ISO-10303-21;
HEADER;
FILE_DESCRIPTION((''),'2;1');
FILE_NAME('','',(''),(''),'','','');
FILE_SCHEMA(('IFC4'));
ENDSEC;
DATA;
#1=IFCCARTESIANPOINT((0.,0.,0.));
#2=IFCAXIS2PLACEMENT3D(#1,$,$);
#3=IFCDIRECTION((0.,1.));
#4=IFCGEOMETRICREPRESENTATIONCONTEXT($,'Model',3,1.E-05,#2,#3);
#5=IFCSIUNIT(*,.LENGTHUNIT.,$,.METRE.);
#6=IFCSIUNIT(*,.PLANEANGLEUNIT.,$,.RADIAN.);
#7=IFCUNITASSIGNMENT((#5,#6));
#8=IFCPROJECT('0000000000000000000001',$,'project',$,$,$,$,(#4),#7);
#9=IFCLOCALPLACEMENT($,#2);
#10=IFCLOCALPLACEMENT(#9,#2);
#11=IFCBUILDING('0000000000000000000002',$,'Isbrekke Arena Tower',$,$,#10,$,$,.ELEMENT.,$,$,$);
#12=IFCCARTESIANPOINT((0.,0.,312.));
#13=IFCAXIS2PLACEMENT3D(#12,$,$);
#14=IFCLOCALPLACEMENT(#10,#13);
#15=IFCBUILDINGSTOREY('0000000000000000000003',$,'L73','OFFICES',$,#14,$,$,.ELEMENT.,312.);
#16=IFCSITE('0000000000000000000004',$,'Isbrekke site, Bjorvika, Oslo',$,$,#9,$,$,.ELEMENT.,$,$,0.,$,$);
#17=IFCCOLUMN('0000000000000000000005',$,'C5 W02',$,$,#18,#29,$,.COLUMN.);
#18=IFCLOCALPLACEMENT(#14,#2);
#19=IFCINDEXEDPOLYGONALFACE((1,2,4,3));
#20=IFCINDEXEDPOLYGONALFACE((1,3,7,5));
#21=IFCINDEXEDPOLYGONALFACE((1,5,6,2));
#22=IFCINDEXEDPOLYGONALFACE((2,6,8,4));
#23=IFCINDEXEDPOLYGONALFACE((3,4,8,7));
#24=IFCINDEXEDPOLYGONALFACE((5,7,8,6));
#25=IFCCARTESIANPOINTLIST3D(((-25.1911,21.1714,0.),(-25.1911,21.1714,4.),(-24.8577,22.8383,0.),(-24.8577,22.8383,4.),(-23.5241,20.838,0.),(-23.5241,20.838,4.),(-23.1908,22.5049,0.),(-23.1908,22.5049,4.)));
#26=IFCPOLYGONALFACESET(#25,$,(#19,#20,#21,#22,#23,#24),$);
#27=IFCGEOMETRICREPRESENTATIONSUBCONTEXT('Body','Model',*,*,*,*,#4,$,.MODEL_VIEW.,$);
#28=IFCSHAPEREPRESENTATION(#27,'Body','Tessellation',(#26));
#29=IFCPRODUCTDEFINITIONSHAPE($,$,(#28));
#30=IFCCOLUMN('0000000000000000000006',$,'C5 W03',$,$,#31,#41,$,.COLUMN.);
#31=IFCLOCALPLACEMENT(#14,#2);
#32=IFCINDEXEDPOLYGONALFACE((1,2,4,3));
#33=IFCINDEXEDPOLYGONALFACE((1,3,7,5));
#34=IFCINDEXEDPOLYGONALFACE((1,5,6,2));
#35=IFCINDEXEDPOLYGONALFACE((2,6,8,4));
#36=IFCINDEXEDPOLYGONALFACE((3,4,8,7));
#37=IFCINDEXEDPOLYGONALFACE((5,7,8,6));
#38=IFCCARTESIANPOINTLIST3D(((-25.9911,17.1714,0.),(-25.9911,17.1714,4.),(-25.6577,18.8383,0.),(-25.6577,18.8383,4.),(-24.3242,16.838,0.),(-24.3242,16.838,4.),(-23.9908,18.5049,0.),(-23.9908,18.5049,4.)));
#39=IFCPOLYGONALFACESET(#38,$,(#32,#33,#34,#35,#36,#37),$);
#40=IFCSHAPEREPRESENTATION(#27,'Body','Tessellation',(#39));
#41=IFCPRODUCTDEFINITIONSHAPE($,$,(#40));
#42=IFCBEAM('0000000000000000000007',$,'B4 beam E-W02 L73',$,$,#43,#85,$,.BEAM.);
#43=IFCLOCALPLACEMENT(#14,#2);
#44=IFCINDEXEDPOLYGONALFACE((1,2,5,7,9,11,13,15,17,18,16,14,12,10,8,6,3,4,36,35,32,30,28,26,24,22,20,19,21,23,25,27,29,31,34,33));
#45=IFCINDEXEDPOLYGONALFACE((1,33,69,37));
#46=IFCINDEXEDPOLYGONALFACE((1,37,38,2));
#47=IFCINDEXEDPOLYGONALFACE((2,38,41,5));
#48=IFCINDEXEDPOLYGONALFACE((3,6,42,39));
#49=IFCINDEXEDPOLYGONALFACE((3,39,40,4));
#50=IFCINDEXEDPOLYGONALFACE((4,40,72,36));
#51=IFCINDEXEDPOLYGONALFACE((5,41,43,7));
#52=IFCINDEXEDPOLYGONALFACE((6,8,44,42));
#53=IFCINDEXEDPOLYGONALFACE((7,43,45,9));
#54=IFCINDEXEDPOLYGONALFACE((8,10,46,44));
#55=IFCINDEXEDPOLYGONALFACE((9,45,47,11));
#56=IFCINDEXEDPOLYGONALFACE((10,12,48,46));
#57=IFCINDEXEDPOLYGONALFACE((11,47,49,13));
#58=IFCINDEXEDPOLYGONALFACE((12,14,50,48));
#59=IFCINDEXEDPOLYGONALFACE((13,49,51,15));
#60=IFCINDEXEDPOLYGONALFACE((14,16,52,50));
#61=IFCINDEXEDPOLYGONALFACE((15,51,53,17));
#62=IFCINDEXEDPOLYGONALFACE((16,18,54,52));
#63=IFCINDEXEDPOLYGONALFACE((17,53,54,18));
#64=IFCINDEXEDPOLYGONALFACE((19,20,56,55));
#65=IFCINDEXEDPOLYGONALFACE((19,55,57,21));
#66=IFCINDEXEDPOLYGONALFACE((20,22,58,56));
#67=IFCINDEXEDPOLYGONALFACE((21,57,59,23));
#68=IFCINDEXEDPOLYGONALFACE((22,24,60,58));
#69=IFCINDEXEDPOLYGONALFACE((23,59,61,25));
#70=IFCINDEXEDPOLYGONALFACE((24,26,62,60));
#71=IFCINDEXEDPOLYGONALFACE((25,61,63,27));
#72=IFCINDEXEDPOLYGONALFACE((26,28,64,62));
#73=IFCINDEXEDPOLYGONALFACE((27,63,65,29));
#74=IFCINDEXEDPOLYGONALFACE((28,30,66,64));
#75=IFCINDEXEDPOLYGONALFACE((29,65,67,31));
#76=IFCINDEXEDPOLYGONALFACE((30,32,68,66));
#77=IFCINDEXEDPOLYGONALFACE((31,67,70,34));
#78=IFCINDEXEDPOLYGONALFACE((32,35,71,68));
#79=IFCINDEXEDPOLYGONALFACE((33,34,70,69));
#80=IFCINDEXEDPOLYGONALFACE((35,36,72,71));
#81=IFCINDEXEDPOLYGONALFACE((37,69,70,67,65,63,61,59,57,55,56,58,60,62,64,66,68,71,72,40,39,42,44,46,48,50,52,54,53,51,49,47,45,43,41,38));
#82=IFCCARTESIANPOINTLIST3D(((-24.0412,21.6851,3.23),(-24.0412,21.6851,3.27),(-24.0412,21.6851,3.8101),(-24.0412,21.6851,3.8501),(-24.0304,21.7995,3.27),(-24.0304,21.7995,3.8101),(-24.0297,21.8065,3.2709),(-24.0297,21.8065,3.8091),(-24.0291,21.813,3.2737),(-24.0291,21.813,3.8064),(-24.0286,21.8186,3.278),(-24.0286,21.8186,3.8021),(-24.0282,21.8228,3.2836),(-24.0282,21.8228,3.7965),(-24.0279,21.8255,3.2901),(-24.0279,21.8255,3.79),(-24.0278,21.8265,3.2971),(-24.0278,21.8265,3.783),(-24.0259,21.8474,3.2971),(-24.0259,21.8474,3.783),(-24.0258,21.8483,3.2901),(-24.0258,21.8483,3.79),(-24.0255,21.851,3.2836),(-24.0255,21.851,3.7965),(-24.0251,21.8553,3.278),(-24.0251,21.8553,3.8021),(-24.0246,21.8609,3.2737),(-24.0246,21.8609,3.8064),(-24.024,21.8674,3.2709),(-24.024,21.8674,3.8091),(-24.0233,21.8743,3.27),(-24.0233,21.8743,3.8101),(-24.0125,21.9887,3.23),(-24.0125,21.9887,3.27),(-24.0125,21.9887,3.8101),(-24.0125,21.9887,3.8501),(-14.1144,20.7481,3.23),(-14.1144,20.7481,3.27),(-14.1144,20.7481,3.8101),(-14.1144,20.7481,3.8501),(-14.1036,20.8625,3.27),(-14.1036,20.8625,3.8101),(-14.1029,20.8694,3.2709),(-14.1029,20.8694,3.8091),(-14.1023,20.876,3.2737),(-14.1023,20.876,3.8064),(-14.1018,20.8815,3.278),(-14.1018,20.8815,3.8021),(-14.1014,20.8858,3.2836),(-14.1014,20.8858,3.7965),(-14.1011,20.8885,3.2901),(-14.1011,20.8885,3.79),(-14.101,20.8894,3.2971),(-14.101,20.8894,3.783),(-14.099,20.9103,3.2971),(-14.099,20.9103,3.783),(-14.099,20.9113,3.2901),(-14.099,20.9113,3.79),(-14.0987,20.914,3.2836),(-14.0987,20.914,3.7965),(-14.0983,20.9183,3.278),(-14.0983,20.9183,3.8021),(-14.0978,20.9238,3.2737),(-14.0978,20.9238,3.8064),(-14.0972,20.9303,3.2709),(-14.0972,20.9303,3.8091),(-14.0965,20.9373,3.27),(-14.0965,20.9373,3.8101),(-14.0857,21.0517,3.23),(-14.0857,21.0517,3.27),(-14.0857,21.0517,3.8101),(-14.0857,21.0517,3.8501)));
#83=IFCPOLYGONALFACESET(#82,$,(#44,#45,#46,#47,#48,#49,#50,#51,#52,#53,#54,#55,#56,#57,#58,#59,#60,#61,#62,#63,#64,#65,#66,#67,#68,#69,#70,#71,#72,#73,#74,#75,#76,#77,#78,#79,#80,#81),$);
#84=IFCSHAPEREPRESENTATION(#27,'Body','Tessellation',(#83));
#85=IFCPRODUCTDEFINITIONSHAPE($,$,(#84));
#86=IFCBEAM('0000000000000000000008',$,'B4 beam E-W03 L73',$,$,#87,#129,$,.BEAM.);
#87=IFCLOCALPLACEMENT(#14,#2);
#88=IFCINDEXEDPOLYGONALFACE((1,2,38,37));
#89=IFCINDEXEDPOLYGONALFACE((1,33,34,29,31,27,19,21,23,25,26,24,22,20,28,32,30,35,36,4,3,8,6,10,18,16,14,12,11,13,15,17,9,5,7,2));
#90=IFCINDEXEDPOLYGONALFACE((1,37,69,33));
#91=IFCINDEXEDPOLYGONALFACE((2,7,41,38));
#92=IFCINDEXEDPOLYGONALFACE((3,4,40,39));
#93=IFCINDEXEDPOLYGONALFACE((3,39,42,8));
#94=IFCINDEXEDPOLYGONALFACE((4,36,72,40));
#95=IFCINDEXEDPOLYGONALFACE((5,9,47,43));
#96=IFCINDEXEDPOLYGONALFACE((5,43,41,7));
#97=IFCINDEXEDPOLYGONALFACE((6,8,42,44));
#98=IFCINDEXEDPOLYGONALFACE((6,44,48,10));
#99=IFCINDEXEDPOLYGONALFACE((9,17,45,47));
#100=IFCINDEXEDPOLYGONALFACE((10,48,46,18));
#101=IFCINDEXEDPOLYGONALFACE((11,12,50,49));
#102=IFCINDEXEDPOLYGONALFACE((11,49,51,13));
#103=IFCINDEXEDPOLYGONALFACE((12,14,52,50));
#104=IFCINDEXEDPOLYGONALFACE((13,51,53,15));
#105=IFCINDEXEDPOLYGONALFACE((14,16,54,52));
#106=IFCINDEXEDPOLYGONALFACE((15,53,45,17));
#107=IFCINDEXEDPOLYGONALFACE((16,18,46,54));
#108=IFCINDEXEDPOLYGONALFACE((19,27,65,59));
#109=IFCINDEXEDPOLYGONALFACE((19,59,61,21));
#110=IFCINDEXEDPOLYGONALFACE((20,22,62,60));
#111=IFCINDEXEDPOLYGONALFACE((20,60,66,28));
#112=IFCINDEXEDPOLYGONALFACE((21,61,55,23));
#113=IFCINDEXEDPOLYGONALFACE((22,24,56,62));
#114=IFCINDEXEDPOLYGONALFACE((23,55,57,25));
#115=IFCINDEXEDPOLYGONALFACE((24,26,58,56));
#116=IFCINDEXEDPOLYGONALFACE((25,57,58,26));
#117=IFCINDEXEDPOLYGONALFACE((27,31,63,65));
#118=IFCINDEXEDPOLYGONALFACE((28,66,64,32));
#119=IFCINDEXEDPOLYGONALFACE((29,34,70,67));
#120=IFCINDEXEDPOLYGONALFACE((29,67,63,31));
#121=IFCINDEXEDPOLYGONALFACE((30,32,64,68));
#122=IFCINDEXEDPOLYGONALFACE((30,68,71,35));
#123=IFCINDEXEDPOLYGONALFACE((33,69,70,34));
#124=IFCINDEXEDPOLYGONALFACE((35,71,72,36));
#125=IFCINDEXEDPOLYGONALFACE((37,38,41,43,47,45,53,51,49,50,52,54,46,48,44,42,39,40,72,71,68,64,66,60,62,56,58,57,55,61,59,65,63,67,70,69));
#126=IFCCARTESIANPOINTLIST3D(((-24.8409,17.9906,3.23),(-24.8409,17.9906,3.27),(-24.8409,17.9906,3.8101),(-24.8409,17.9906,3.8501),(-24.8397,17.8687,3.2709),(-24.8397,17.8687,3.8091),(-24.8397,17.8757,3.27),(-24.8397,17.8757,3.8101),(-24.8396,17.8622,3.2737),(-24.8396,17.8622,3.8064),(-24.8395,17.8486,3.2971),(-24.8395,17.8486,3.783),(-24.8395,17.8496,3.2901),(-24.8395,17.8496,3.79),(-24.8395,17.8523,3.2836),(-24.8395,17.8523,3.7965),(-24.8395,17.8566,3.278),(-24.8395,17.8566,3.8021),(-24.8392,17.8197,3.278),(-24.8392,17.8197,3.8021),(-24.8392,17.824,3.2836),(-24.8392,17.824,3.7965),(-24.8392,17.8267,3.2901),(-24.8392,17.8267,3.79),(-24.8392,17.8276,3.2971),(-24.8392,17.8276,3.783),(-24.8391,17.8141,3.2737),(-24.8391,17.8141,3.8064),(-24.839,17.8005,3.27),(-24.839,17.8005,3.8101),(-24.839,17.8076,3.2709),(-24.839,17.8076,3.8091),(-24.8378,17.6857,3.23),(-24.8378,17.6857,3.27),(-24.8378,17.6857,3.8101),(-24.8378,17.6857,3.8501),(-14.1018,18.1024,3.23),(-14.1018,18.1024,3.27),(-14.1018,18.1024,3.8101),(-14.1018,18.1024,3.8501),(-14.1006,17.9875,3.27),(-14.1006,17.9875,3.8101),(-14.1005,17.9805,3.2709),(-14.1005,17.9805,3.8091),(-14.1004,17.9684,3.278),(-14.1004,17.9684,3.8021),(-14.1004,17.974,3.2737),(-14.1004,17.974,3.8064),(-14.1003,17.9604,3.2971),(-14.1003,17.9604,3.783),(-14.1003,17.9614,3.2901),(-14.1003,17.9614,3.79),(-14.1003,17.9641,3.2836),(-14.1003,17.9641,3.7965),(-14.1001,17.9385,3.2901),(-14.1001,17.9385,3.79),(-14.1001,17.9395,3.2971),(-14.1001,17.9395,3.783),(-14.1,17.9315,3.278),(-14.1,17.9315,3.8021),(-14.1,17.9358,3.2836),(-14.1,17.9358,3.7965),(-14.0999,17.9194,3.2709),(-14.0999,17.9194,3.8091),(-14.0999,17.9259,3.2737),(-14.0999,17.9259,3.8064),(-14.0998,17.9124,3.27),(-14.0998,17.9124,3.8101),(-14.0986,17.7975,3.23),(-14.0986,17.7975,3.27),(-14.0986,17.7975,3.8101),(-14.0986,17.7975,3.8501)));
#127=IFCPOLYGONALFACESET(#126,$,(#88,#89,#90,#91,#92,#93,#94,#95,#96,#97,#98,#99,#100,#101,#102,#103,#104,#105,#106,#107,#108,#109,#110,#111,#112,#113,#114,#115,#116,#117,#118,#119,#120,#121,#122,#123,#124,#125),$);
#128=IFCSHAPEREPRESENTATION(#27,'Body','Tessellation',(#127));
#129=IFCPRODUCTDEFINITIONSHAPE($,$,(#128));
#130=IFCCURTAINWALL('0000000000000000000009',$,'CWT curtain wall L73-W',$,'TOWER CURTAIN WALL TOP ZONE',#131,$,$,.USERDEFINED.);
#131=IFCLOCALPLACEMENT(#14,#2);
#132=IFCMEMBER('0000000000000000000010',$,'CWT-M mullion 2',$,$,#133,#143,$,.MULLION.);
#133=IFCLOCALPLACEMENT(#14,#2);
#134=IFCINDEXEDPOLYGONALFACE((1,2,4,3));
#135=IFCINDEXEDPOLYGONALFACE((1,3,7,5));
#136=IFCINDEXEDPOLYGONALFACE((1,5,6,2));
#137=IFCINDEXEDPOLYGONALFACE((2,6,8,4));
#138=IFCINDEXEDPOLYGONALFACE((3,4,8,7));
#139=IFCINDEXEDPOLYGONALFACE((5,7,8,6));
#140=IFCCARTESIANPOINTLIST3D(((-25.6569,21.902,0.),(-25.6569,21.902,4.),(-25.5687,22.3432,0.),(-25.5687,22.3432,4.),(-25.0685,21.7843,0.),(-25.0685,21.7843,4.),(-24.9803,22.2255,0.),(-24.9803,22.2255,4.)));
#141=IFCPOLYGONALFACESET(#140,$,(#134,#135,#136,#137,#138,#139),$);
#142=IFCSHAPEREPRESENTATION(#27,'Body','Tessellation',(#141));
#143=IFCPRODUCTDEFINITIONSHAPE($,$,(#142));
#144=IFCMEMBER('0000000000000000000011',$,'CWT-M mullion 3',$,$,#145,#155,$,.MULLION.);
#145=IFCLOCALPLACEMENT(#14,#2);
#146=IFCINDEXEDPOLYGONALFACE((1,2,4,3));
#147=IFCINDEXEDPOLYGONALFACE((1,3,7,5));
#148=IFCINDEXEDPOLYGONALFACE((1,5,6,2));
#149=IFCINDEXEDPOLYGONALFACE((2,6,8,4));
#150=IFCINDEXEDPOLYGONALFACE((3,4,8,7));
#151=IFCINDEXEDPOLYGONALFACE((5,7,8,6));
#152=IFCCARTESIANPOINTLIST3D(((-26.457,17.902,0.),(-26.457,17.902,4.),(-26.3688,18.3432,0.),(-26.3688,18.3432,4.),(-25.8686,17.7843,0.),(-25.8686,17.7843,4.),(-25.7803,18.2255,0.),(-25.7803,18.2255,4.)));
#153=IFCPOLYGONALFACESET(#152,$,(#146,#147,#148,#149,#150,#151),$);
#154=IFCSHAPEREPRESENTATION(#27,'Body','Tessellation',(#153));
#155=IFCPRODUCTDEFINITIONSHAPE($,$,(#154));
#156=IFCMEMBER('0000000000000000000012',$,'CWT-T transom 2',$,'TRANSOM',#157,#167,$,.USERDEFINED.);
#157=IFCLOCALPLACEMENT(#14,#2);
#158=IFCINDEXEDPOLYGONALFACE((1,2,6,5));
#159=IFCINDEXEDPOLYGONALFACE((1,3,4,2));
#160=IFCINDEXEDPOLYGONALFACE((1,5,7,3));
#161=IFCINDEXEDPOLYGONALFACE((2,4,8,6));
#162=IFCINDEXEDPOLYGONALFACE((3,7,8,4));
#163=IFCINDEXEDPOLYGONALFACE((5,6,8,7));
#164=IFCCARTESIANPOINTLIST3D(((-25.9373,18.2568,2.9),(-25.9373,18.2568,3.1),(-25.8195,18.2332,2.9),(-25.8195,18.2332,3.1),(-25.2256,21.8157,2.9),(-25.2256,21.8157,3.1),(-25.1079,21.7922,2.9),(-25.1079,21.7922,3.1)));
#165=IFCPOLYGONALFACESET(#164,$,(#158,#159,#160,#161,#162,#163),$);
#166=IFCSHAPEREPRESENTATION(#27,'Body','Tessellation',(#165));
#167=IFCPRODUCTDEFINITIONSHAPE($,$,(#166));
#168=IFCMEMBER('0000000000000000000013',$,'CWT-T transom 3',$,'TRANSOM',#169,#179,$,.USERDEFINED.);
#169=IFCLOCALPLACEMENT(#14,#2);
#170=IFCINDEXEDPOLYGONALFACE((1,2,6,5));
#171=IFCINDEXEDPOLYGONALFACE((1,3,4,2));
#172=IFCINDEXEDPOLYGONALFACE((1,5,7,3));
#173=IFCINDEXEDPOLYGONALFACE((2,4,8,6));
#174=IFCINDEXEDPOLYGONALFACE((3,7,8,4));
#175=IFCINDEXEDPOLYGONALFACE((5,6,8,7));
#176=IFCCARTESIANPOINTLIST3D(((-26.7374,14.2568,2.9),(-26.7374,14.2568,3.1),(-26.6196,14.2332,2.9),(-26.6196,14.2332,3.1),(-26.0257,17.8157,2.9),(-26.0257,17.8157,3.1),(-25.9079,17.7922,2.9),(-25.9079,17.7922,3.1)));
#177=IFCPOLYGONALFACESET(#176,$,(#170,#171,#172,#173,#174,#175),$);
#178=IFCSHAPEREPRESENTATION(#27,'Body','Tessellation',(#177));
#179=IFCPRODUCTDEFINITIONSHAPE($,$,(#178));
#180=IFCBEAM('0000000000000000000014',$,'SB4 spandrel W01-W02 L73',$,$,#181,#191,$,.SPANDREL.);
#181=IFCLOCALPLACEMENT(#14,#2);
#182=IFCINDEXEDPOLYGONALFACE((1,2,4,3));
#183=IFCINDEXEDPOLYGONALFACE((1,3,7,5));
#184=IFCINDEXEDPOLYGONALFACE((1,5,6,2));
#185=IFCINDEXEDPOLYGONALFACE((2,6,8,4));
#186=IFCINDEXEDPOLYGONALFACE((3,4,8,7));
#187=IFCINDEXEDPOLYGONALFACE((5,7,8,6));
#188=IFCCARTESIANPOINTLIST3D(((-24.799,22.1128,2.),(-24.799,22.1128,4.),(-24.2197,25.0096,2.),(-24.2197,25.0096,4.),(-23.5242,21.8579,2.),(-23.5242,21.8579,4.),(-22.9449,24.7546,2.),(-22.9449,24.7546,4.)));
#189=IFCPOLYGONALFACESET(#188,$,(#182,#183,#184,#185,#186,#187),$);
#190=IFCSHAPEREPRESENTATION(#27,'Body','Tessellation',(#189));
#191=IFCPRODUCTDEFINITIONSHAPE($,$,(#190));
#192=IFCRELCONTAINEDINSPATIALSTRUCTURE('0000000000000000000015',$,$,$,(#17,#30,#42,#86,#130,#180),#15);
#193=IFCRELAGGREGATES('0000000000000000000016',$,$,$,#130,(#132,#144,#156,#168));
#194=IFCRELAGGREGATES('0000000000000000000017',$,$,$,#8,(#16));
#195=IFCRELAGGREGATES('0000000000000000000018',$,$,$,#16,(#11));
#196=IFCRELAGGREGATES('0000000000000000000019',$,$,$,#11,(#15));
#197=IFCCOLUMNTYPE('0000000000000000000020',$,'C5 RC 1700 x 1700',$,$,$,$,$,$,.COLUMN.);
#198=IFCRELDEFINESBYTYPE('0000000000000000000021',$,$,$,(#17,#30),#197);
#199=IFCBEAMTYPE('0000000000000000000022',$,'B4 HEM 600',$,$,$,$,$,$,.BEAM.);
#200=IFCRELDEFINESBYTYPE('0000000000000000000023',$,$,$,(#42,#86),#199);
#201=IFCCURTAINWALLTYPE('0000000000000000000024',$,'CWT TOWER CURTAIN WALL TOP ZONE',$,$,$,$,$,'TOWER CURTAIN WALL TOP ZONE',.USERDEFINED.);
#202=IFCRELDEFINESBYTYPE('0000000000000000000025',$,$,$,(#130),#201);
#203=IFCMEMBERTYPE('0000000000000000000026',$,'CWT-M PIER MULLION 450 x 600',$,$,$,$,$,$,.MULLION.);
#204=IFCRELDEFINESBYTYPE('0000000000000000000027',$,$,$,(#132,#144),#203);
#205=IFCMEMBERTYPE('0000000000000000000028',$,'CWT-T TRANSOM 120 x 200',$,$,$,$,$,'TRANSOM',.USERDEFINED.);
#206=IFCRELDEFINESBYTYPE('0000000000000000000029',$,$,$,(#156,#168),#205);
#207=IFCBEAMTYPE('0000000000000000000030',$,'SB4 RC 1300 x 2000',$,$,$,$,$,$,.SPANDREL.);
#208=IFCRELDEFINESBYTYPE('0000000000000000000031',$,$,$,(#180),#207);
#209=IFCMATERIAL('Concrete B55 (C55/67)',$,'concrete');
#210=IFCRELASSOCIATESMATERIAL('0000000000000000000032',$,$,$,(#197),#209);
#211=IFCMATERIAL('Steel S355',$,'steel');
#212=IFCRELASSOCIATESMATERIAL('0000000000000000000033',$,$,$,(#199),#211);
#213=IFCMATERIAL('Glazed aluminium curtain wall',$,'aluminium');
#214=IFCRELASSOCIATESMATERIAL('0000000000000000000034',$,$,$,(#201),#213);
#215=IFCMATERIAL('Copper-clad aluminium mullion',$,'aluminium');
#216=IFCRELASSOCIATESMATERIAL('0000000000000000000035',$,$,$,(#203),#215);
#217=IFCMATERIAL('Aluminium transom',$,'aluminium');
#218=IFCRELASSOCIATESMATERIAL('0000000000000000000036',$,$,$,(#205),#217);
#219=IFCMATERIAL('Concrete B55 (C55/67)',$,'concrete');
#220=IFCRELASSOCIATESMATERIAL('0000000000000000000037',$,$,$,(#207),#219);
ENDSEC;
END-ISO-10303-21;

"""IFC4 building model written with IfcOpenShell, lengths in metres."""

from ifc_helpers import new_model, si_unit, direction, frame, origin, origin_2d, place, context, subcontext, project, spatial, rectangle, i_section, extrude, material, material_profile, profile_set, type_object, element, aggregate, save


model = new_model("IFC4")

# Units and contexts
model_context = context("Model", 3, precision=1e-05, world=origin(), true_north=direction((0.0, 1.0)))
body_context = subcontext(model_context, "Body", "Model", "MODEL_VIEW")
ifc_project = project(units=[si_unit("LENGTHUNIT", "METRE"), si_unit("PLANEANGLEUNIT", "RADIAN")], contexts=[model_context])

# Site, building, storey
site_placement = place(None, origin())
site = spatial("IfcSite", under=ifc_project, at=site_placement, Name="Isbrekke site, Bjorvika, Oslo", CompositionType="ELEMENT", RefElevation=0.0)
building_placement = place(site_placement, origin())
building = spatial("IfcBuilding", under=site, at=building_placement, Name="Isbrekke Arena Tower", CompositionType="ELEMENT")
storey_placement = place(building_placement, frame((0.0, 0.0, 312.0)))
storey = spatial("IfcBuildingStorey", under=building, at=storey_placement, Name="L73", Description="OFFICES", CompositionType="ELEMENT", Elevation=312.0)

# Columns
ifc_material_1 = material(Name="Concrete B55 (C55/67)", Category="concrete")
ifc_material_profile_1 = material_profile(ifc_material_1, rectangle(XDim=1.7, YDim=1.7, at=origin_2d()), Name="RC 1700x1700")
ifc_profile_set_1 = profile_set([ifc_material_profile_1], Name="Concrete B55 (C55/67)")
column_type = type_object("IfcColumnType", Name="C5 RC 1700 x 1700", PredefinedType="COLUMN", material=ifc_profile_set_1)
for number, where, z_axis, x_axis, name in (
    (1, (-24.1909, 21.8381, 0.0), (0.0, 0.0, 1.0), (-0.196116, -0.980581, 0.0), "C5 W02"),
    (2, (-24.991, 17.8381, 0.0), (0.0, 0.0, 1.0), (-0.196116, -0.980581, 0.0), "C5 W03"),
):
    element("IfcColumn", number, at=place(storey_placement, frame(where, z_axis=z_axis, x_axis=x_axis)), inside=storey, type_object=column_type, Name=name, PredefinedType="COLUMN", context=body_context, shape_type="SweptSolid", body=[
        extrude(rectangle(XDim=1.7, YDim=1.7, at=origin_2d()), origin(), (0.0, 0.0, 1.0), 4.0),
    ])

# Beams
ifc_material_2 = material(Name="Steel S355", Category="steel")
ifc_material_profile_2 = material_profile(ifc_material_2, i_section(OverallWidth=0.3049, OverallDepth=0.6201, WebThickness=0.021, FlangeThickness=0.04, FilletRadius=0.0271, at=origin_2d()), Name="HEM 600")
ifc_profile_set_2 = profile_set([ifc_material_profile_2], Name="Steel S355")
beam_type_1 = type_object("IfcBeamType", Name="B4 HEM 600", PredefinedType="BEAM", material=ifc_profile_set_2)
beam_1_placement = place(storey_placement, frame((-24.0269, 21.8369, 3.54), z_axis=(0.995575, -0.093975, 0.0), x_axis=(0.093975, 0.995575, 0.0)))
element("IfcBeam", 3, at=beam_1_placement, inside=storey, type_object=beam_type_1, Name="B4 beam E-W02 L73", PredefinedType="BEAM", context=body_context, shape_type="SweptSolid", body=[
    extrude(i_section(OverallWidth=0.3049, OverallDepth=0.6201, WebThickness=0.021, FlangeThickness=0.04, FilletRadius=0.0271, at=origin_2d()), origin(), (0.0, 0.0, 1.0), 9.9709),
])
beam_2_placement = place(storey_placement, frame((-24.8394, 17.8381, 3.54), z_axis=(0.999946, 0.010411, 0.0), x_axis=(-0.010411, 0.999946, 0.0)))
element("IfcBeam", 4, at=beam_2_placement, inside=storey, type_object=beam_type_1, Name="B4 beam E-W03 L73", PredefinedType="BEAM", context=body_context, shape_type="SweptSolid", body=[
    extrude(i_section(OverallWidth=0.3049, OverallDepth=0.6201, WebThickness=0.021, FlangeThickness=0.04, FilletRadius=0.0271, at=origin_2d()), origin(), (0.0, 0.0, 1.0), 10.7397),
])

# Curtain wall, members
ifc_material_3 = material(Name="Glazed aluminium curtain wall", Category="aluminium")
curtain_wall_type = type_object("IfcCurtainWallType", Name="CWT TOWER CURTAIN WALL TOP ZONE", ElementType="TOWER CURTAIN WALL TOP ZONE", PredefinedType="USERDEFINED", material=ifc_material_3)
curtain_wall_placement = place(storey_placement, origin())
curtain_wall = element("IfcCurtainWall", 5, at=curtain_wall_placement, inside=storey, type_object=curtain_wall_type, Name="CWT curtain wall L73-W", ObjectType="TOWER CURTAIN WALL TOP ZONE", PredefinedType="USERDEFINED")
ifc_material_4 = material(Name="Copper-clad aluminium mullion", Category="aluminium")
ifc_material_profile_3 = material_profile(ifc_material_4, rectangle(XDim=0.45, YDim=0.6001, at=origin_2d()), Name="PIER 450X600")
ifc_profile_set_3 = profile_set([ifc_material_profile_3], Name="Copper-clad aluminium mullion")
member_type_1 = type_object("IfcMemberType", Name="CWT-M PIER MULLION 450 x 600", PredefinedType="MULLION", material=ifc_profile_set_3)
member_1_placement = place(storey_placement, frame((-25.3186, 22.0637, 0.0), z_axis=(0.0, 0.0, 1.0), x_axis=(-0.196116, -0.980581, 0.0)))
member_1 = element("IfcMember", 6, at=member_1_placement, type_object=member_type_1, Name="CWT-M mullion 2", PredefinedType="MULLION", context=body_context, shape_type="SweptSolid", body=[
    extrude(rectangle(XDim=0.45, YDim=0.6001, at=origin_2d()), origin(), (0.0, 0.0, 1.0), 4.0),
])
member_2_placement = place(storey_placement, frame((-26.1187, 18.0637, 0.0), z_axis=(0.0, 0.0, 1.0), x_axis=(-0.196116, -0.980581, 0.0)))
member_2 = element("IfcMember", 7, at=member_2_placement, type_object=member_type_1, Name="CWT-M mullion 3", PredefinedType="MULLION", context=body_context, shape_type="SweptSolid", body=[
    extrude(rectangle(XDim=0.45, YDim=0.6001, at=origin_2d()), origin(), (0.0, 0.0, 1.0), 4.0),
])
ifc_material_5 = material(Name="Aluminium transom", Category="aluminium")
ifc_material_profile_4 = material_profile(ifc_material_5, rectangle(XDim=0.1201, YDim=0.2, at=origin_2d()), Name="TRANSOM 120X200")
ifc_profile_set_4 = profile_set([ifc_material_profile_4], Name="Aluminium transom")
member_type_2 = type_object("IfcMemberType", Name="CWT-T TRANSOM 120 x 200", ElementType="TRANSOM", PredefinedType="USERDEFINED", material=ifc_profile_set_4)
member_3_placement = place(storey_placement, frame((-25.1667, 21.804, 3.0), z_axis=(-0.19609, -0.980586, 0.0), x_axis=(0.980586, -0.19609, 0.0)))
member_3 = element("IfcMember", 8, at=member_3_placement, type_object=member_type_2, Name="CWT-T transom 2", ObjectType="TRANSOM", PredefinedType="USERDEFINED", context=body_context, shape_type="SweptSolid", body=[
    extrude(rectangle(XDim=0.1201, YDim=0.2, at=origin_2d()), origin(), (0.0, 0.0, 1.0), 3.6294),
])
member_4_placement = place(storey_placement, frame((-25.9668, 17.804, 3.0), z_axis=(-0.19609, -0.980586, 0.0), x_axis=(0.980586, -0.19609, 0.0)))
member_4 = element("IfcMember", 9, at=member_4_placement, type_object=member_type_2, Name="CWT-T transom 3", ObjectType="TRANSOM", PredefinedType="USERDEFINED", context=body_context, shape_type="SweptSolid", body=[
    extrude(rectangle(XDim=0.1201, YDim=0.2, at=origin_2d()), origin(), (0.0, 0.0, 1.0), 3.6294),
])

# Beam
ifc_material_6 = material(Name="Concrete B55 (C55/67)", Category="concrete")
ifc_material_profile_5 = material_profile(ifc_material_6, rectangle(XDim=1.3, YDim=2.0, at=origin_2d()), Name="RC 1300x2000")
ifc_profile_set_5 = profile_set([ifc_material_profile_5], Name="Concrete B55 (C55/67)")
beam_type_2 = type_object("IfcBeamType", Name="SB4 RC 1300 x 2000", PredefinedType="SPANDREL", material=ifc_profile_set_5)
beam_3_placement = place(storey_placement, frame((-23.5823, 24.8821, 3.0), z_axis=(-0.196116, -0.980581, 0.0), x_axis=(0.980581, -0.196116, 0.0)))
element("IfcBeam", 10, at=beam_3_placement, inside=storey, type_object=beam_type_2, Name="SB4 spandrel W01-W02 L73", PredefinedType="SPANDREL", context=body_context, shape_type="SweptSolid", body=[
    extrude(rectangle(XDim=1.3, YDim=2.0, at=origin_2d()), origin(), (0.0, 0.0, 1.0), 2.9541),
])

aggregate(curtain_wall, [member_1, member_2, member_3, member_4])

save(model, "model.ifc")
